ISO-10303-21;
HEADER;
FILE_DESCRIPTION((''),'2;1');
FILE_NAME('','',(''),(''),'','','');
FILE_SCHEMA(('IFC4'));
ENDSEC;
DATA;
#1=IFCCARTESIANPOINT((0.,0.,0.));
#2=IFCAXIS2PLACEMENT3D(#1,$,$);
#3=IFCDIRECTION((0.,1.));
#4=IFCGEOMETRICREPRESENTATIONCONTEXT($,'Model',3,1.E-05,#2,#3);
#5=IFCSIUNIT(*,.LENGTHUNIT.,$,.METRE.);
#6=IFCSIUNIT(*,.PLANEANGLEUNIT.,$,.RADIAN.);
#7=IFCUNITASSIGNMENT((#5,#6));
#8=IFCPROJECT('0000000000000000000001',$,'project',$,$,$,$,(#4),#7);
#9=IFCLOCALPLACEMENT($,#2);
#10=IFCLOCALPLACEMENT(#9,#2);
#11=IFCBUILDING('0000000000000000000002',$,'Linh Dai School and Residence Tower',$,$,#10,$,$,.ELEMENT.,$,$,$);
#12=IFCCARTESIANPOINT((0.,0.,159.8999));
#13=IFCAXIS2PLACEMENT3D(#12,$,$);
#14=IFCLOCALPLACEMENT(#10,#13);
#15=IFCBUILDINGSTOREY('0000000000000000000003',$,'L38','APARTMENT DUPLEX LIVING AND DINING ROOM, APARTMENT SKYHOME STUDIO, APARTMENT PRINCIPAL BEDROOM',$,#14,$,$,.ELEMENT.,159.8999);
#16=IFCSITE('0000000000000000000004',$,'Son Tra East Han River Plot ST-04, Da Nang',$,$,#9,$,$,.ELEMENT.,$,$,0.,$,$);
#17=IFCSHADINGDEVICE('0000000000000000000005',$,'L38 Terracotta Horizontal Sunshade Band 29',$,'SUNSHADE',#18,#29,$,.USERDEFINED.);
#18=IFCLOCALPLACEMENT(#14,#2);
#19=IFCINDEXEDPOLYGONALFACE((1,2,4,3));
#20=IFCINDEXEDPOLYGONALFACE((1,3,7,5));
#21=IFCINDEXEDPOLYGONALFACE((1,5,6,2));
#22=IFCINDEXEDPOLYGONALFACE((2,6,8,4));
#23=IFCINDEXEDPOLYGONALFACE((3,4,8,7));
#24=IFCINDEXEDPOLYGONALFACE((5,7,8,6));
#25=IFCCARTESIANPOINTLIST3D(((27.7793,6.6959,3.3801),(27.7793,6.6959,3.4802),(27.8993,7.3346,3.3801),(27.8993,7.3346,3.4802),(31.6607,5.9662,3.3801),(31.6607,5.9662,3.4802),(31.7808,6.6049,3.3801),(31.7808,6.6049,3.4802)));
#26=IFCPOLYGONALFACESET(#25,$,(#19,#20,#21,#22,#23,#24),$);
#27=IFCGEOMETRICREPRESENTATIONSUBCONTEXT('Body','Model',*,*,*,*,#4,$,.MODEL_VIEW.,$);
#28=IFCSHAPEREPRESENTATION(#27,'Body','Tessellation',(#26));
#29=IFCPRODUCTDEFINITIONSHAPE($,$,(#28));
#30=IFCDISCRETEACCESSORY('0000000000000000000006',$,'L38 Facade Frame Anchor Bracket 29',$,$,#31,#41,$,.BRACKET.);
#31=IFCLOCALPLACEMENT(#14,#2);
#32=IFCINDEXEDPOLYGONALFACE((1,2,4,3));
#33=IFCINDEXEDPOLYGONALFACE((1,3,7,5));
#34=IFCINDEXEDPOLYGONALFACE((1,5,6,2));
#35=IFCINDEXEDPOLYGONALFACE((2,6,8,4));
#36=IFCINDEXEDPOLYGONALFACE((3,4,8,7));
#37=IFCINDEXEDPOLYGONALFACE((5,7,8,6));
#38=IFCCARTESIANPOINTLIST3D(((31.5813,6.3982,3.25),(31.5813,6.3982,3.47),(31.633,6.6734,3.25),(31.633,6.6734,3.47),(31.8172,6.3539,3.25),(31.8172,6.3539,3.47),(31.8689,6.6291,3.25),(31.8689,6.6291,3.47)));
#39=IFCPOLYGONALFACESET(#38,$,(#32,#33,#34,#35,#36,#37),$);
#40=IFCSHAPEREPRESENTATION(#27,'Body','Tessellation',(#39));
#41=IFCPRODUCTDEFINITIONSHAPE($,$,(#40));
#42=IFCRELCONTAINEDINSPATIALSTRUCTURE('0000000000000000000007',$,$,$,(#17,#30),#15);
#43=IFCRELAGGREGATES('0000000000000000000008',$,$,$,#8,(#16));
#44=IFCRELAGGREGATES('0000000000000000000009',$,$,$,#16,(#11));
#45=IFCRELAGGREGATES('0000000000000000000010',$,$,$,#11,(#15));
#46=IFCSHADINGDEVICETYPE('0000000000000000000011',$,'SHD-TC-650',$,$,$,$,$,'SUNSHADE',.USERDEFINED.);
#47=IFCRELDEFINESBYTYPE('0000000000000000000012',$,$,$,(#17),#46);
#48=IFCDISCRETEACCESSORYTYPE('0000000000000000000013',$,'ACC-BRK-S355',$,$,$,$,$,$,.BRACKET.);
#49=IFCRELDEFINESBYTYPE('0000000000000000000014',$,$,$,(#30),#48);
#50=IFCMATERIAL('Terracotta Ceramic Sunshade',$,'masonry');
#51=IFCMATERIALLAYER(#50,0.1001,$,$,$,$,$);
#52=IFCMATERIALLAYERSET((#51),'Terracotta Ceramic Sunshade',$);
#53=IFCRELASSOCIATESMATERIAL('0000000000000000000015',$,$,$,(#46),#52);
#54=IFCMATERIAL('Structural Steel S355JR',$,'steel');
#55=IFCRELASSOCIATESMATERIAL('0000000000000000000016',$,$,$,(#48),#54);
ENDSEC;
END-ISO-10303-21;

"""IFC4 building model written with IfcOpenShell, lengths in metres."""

from ifc_helpers import new_model, si_unit, direction, frame, origin, origin_2d, place, context, subcontext, project, spatial, rectangle, extrude, source, transform, mapped, material, layer, layer_set, type_object, element, save


model = new_model("IFC4")

# Units and contexts
model_context = context("Model", 3, precision=1e-05, world=origin(), true_north=direction((0.0, 1.0)))
body_context = subcontext(model_context, "Body", "Model", "MODEL_VIEW")
ifc_project = project(units=[si_unit("LENGTHUNIT", "METRE"), si_unit("PLANEANGLEUNIT", "RADIAN")], contexts=[model_context])

# Site, building, storey
site_placement = place(None, origin())
site = spatial("IfcSite", under=ifc_project, at=site_placement, Name="Son Tra East Han River Plot ST-04, Da Nang", CompositionType="ELEMENT", RefElevation=0.0)
building_placement = place(site_placement, origin())
building = spatial("IfcBuilding", under=site, at=building_placement, Name="Linh Dai School and Residence Tower", CompositionType="ELEMENT")
storey_placement = place(building_placement, frame((0.0, 0.0, 159.8999)))
storey = spatial("IfcBuildingStorey", under=building, at=storey_placement, Name="L38", Description="APARTMENT DUPLEX LIVING AND DINING ROOM, APARTMENT SKYHOME STUDIO, APARTMENT PRINCIPAL BEDROOM", CompositionType="ELEMENT", Elevation=159.8999)

# Shared definitions
ifc_material_1 = material(Name="Structural Steel S355JR", Category="steel")

# Shading device
ifc_material_2 = material(Name="Terracotta Ceramic Sunshade", Category="masonry")
ifc_layer_1 = layer(ifc_material_2, 0.1001)
ifc_layer_set_1 = layer_set([ifc_layer_1], Name="Terracotta Ceramic Sunshade")
shading_device_type = type_object("IfcShadingDeviceType", Name="SHD-TC-650", ElementType="SUNSHADE", PredefinedType="USERDEFINED", material=ifc_layer_set_1)
shared_shape_1 = source(origin(), body_context, "Body", "SweptSolid", [
    extrude(rectangle(XDim=3.9495, YDim=0.6499, at=origin_2d()), origin(), (0.0, 0.0, 1.0), 0.1001),
])
shading_device_placement = place(storey_placement, frame((29.78, 6.6504, 3.3801), z_axis=(0.0, 0.0, 1.0), x_axis=(-0.982783, 0.184763, 0.0)))
element("IfcShadingDevice", 1, at=shading_device_placement, inside=storey, type_object=shading_device_type, Name="L38 Terracotta Horizontal Sunshade Band 29", ObjectType="SUNSHADE", PredefinedType="USERDEFINED", context=body_context, shape_type="MappedRepresentation", body=[
    mapped(shared_shape_1, transform((0.0, 0.0, 0.0), x_axis=(1.0, 0.0, 0.0), y_axis=(0.0, 1.0, 0.0), z_axis=(0.0, 0.0, 1.0), scale=1.0)),
])

# Discrete accessory
discrete_accessory_type = type_object("IfcDiscreteAccessoryType", Name="ACC-BRK-S355", PredefinedType="BRACKET", material=ifc_material_1)
shared_shape_2 = source(origin(), body_context, "Body", "SweptSolid", [
    extrude(rectangle(XDim=0.28, YDim=0.24, at=origin_2d()), origin(), (0.0, 0.0, 1.0), 0.22),
])
discrete_accessory_placement = place(storey_placement, frame((31.7251, 6.5137, 3.25), z_axis=(0.0, 0.0, 1.0), x_axis=(-0.184763, -0.982783, 0.0)))
element("IfcDiscreteAccessory", 2, at=discrete_accessory_placement, inside=storey, type_object=discrete_accessory_type, Name="L38 Facade Frame Anchor Bracket 29", PredefinedType="BRACKET", context=body_context, shape_type="MappedRepresentation", body=[
    mapped(shared_shape_2, transform((0.0, 0.0, 0.0), x_axis=(1.0, 0.0, 0.0), y_axis=(0.0, 1.0, 0.0), z_axis=(0.0, 0.0, 1.0), scale=1.0)),
])

save(model, "model.ifc")
